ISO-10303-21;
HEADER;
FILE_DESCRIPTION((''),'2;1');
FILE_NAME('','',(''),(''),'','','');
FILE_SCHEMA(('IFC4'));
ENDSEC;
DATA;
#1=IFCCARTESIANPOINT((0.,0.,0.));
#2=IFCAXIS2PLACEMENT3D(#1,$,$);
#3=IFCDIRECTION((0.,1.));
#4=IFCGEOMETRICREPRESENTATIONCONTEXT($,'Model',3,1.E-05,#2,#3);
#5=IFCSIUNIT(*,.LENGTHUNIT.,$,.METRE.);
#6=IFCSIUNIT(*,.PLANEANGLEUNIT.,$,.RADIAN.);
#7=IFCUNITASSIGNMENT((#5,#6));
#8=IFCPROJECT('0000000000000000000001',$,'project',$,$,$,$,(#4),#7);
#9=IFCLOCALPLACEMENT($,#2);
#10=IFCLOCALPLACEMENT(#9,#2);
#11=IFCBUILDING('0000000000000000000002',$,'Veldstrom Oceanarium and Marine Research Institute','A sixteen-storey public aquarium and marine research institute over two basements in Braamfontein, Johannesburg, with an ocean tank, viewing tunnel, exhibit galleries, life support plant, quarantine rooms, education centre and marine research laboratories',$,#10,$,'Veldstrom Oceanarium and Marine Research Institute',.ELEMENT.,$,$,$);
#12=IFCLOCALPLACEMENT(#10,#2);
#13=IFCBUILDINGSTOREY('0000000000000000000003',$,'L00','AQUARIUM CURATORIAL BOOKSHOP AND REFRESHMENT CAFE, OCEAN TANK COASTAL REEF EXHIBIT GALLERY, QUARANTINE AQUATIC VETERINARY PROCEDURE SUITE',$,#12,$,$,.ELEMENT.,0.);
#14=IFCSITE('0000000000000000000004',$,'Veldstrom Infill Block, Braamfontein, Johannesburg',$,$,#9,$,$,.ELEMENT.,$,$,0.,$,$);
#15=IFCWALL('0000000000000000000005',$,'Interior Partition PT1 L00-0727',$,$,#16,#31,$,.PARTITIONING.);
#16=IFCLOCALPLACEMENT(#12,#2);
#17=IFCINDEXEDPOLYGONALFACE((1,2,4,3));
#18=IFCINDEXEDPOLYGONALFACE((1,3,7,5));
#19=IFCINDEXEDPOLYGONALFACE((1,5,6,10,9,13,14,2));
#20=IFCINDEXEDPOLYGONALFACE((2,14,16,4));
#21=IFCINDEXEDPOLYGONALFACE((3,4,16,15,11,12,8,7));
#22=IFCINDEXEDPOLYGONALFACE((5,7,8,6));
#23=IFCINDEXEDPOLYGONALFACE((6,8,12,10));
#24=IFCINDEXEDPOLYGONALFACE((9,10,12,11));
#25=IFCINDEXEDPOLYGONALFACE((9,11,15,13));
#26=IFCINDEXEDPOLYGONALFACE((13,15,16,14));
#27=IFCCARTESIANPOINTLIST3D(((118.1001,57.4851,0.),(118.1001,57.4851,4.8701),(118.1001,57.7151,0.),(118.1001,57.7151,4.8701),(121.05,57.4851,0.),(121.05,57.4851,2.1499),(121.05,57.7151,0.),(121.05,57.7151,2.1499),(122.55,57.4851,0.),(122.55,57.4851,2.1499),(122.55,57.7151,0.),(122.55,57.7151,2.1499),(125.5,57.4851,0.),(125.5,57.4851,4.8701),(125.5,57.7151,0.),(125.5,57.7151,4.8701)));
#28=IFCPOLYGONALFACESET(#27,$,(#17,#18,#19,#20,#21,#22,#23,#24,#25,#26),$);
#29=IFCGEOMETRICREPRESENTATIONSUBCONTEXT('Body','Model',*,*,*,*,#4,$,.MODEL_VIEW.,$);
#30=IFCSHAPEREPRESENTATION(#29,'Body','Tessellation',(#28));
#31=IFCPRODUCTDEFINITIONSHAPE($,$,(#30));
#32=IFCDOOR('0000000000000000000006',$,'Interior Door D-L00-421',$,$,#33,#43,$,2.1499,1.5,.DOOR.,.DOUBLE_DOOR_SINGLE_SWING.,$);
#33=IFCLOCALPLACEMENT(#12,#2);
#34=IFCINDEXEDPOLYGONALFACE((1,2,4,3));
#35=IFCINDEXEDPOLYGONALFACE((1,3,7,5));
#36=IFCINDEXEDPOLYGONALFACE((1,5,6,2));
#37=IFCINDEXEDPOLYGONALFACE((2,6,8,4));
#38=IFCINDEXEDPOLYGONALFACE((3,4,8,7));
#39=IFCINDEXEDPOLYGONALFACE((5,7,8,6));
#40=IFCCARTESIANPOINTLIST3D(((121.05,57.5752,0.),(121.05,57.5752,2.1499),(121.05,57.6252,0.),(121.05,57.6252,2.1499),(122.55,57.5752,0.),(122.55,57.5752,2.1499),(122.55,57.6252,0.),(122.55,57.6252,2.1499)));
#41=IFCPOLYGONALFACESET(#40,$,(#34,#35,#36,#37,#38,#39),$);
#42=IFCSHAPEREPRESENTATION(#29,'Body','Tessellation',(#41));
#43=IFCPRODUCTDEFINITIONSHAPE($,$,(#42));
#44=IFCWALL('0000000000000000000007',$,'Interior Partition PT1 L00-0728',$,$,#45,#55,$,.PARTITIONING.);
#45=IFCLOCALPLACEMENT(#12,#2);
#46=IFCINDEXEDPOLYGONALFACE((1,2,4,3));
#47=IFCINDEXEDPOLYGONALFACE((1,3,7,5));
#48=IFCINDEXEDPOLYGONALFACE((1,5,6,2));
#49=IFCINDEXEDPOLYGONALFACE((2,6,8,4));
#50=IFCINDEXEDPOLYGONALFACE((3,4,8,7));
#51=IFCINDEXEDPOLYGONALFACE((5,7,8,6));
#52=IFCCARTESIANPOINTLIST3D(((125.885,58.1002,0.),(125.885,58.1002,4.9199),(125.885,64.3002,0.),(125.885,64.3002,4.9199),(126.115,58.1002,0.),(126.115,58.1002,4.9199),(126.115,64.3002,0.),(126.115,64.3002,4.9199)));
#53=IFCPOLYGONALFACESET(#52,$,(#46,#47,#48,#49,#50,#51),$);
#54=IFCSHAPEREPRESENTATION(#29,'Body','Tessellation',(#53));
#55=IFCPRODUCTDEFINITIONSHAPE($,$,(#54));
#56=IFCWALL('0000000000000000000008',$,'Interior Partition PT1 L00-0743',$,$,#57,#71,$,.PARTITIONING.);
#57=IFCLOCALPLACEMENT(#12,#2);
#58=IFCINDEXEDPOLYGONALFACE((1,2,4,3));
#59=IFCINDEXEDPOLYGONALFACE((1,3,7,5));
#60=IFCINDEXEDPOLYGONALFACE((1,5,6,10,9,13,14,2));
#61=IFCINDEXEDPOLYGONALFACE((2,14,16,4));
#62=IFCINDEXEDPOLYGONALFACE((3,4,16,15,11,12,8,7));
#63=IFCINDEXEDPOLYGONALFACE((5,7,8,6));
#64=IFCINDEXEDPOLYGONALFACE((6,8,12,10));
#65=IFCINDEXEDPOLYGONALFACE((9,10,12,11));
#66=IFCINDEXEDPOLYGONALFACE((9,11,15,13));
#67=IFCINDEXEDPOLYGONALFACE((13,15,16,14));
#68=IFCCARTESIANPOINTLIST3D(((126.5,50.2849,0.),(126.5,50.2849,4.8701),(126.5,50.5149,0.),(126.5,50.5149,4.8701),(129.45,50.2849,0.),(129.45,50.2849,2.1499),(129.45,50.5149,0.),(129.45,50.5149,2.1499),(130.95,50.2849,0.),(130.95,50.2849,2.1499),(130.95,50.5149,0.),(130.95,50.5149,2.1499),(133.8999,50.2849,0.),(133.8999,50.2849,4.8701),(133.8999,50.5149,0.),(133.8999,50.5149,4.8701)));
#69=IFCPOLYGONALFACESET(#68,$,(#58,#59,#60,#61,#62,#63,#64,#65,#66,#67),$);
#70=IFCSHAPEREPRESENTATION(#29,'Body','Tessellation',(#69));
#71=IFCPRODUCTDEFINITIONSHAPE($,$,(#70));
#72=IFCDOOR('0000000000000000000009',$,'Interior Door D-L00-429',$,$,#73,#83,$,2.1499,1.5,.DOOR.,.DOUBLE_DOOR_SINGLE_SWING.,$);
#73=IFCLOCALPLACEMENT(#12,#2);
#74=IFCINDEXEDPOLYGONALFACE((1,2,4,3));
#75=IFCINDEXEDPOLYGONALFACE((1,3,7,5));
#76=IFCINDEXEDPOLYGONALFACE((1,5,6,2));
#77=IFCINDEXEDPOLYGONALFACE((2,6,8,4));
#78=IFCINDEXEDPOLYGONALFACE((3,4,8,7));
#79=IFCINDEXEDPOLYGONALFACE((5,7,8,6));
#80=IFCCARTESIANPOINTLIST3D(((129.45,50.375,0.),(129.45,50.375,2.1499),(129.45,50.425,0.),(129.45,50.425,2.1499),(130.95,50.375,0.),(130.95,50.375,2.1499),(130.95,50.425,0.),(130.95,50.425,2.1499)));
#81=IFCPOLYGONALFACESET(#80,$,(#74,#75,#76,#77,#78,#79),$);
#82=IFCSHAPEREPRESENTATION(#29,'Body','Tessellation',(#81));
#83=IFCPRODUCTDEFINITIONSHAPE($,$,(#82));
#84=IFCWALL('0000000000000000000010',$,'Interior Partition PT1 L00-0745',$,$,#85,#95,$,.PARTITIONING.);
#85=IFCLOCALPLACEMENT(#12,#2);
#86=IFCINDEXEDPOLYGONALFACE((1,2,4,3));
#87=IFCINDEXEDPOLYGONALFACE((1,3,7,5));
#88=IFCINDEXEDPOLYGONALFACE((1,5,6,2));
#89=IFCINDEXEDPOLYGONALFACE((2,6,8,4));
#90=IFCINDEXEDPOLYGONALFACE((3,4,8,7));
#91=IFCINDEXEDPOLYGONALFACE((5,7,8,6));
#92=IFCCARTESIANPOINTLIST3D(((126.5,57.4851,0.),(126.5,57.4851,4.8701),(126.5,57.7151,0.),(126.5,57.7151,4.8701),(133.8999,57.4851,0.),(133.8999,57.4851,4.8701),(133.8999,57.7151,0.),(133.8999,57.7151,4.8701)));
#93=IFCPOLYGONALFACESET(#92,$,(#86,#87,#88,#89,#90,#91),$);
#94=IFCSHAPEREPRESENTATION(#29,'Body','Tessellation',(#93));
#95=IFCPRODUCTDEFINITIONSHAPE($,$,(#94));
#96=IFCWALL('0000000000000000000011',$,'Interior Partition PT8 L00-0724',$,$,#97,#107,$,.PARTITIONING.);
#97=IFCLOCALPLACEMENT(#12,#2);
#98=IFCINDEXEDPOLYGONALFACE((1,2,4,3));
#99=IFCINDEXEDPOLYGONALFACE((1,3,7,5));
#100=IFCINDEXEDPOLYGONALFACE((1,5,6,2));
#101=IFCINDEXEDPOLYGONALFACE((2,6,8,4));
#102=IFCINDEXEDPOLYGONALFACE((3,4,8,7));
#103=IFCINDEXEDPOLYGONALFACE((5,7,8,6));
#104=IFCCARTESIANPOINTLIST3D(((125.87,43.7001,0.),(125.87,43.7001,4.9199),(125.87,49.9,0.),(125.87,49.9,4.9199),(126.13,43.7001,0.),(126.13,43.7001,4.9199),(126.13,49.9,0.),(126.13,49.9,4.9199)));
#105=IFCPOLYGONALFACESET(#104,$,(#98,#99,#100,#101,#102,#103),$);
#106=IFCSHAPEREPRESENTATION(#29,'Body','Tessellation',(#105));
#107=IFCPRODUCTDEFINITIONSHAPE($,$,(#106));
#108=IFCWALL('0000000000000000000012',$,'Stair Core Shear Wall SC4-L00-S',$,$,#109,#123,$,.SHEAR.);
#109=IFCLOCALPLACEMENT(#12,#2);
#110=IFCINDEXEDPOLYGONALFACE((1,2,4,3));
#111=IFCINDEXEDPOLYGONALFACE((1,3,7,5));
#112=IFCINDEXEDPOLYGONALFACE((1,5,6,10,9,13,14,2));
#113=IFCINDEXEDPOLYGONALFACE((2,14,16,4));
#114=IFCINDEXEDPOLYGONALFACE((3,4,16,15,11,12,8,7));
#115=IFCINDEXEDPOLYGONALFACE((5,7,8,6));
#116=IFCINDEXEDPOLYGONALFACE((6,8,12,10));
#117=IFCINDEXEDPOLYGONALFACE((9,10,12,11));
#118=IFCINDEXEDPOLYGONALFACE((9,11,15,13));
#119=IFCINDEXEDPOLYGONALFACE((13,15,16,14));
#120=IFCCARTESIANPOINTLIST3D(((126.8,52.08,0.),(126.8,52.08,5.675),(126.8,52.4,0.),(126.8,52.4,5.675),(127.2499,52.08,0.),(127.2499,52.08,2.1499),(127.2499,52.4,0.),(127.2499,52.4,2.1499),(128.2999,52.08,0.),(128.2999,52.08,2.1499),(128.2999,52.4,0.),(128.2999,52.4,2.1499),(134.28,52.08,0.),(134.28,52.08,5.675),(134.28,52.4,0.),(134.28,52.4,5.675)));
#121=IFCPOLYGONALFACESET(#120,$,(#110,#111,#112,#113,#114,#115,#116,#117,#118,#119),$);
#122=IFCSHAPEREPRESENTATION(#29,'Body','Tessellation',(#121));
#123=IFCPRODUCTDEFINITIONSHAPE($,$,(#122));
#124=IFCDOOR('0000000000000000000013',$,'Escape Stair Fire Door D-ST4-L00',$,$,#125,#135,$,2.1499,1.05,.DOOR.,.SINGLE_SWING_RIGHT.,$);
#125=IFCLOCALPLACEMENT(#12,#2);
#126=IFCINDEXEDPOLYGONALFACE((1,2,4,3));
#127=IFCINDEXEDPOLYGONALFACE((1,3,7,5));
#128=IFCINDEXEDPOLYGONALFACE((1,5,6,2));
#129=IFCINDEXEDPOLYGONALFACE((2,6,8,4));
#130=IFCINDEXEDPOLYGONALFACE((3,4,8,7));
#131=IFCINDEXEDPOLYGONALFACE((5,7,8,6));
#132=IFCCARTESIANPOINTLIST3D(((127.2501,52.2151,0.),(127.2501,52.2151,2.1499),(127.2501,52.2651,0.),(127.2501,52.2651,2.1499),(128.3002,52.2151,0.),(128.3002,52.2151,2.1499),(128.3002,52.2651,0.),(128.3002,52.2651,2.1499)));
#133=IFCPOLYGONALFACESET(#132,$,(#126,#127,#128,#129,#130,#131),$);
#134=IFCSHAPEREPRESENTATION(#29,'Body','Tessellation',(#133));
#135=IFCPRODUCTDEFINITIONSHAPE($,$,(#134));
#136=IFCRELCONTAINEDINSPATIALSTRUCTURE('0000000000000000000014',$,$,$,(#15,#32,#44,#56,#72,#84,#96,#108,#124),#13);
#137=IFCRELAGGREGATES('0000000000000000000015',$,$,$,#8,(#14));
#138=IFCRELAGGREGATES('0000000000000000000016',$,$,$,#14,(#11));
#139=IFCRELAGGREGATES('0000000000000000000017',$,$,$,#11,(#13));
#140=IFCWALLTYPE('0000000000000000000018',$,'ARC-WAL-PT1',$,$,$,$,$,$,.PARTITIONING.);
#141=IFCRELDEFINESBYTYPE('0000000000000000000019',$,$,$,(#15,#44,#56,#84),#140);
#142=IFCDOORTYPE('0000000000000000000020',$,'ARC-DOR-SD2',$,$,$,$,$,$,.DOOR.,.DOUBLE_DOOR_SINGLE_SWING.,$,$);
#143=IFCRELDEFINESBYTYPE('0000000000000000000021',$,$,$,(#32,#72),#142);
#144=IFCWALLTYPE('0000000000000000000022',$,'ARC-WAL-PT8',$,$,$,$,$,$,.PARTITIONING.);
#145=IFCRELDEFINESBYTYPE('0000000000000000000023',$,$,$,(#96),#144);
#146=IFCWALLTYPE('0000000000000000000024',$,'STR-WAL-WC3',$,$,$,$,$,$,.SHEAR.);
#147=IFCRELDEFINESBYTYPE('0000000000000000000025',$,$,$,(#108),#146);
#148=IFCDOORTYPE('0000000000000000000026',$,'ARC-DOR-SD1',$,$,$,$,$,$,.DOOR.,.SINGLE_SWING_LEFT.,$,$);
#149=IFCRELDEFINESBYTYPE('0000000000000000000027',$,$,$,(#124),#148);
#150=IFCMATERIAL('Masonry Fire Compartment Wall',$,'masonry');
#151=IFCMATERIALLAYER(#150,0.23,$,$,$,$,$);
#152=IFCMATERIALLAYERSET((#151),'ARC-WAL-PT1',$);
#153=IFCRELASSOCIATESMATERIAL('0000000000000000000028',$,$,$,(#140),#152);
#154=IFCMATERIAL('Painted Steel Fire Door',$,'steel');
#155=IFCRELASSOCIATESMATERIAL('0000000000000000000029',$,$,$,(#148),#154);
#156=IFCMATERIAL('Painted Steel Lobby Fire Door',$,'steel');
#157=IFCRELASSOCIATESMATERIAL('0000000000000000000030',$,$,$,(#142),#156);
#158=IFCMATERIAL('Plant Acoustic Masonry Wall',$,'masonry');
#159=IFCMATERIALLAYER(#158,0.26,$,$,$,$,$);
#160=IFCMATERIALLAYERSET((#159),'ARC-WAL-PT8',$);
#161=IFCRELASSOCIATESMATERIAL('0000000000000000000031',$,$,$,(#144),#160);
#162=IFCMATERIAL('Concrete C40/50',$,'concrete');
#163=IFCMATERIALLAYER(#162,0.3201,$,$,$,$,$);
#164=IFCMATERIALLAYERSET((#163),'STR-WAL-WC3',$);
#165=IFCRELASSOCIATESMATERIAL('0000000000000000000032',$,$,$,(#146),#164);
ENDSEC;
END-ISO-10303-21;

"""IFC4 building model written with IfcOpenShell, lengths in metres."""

from ifc_helpers import new_model, si_unit, direction, frame, frame_2d, origin, place, context, subcontext, project, spatial, rectangle, extrude, material, layer, layer_set, type_object, element, fill, save


model = new_model("IFC4")

# Units and contexts
model_context = context("Model", 3, precision=1e-05, world=origin(), true_north=direction((0.0, 1.0)))
body_context = subcontext(model_context, "Body", "Model", "MODEL_VIEW")
ifc_project = project(units=[si_unit("LENGTHUNIT", "METRE"), si_unit("PLANEANGLEUNIT", "RADIAN")], contexts=[model_context])

# Site, building, storey
site_placement = place(None, origin())
site = spatial("IfcSite", under=ifc_project, at=site_placement, Name="Veldstrom Infill Block, Braamfontein, Johannesburg", CompositionType="ELEMENT", RefElevation=0.0)
building_placement = place(site_placement, origin())
building = spatial("IfcBuilding", under=site, at=building_placement, Name="Veldstrom Oceanarium and Marine Research Institute", Description="A sixteen-storey public aquarium and marine research institute over two basements in Braamfontein, Johannesburg, with an ocean tank, viewing tunnel, exhibit galleries, life support plant, quarantine rooms, education centre and marine research laboratories", LongName="Veldstrom Oceanarium and Marine Research Institute", CompositionType="ELEMENT")
storey_placement = place(building_placement, origin())
storey = spatial("IfcBuildingStorey", under=building, at=storey_placement, Name="L00", Description="AQUARIUM CURATORIAL BOOKSHOP AND REFRESHMENT CAFE, OCEAN TANK COASTAL REEF EXHIBIT GALLERY, QUARANTINE AQUATIC VETERINARY PROCEDURE SUITE", CompositionType="ELEMENT", Elevation=0.0)

# Wall, opening, door
ifc_material_1 = material(Name="Masonry Fire Compartment Wall", Category="masonry")
ifc_layer_1 = layer(ifc_material_1, 0.23)
ifc_layer_set_1 = layer_set([ifc_layer_1], Name="ARC-WAL-PT1")
wall_type_1 = type_object("IfcWallType", Name="ARC-WAL-PT1", PredefinedType="PARTITIONING", material=ifc_layer_set_1)
ifc_material_2 = material(Name="Painted Steel Fire Door", Category="steel")
door_type_1 = type_object("IfcDoorType", Name="ARC-DOR-SD1", OperationType="SINGLE_SWING_LEFT", PredefinedType="DOOR", material=ifc_material_2)
wall_1_placement = place(storey_placement, frame((118.1001, 57.6001, 0.0), z_axis=(0.0, 0.0, 1.0), x_axis=(1.0, 0.0, 0.0)))
wall_1 = element("IfcWall", 1, at=wall_1_placement, inside=storey, type_object=wall_type_1, Name="Interior Partition PT1 L00-0727", PredefinedType="PARTITIONING", context=body_context, shape_type="SweptSolid", body=[
    extrude(rectangle(XDim=7.3999, YDim=0.23, at=frame_2d((3.7, 0.0))), origin(), (0.0, 0.0, 1.0), 4.8701),
])
opening_1_placement = place(wall_1_placement, frame((2.95, 0.0, 0.0)))
opening_1 = element("IfcOpeningElement", 2, at=opening_1_placement, cuts=wall_1, PredefinedType="OPENING", context=body_context, shape_type="SweptSolid", body=[
    extrude(rectangle(XDim=1.5, YDim=2.1499, at=frame_2d((0.75, 1.075))), frame((0.0, 0.125, 0.0), z_axis=(0.0, -1.0, 0.0), x_axis=(1.0, 0.0, 0.0)), (0.0, 0.0, 1.0), 0.25),
])
ifc_material_3 = material(Name="Painted Steel Lobby Fire Door", Category="steel")
door_type_2 = type_object("IfcDoorType", Name="ARC-DOR-SD2", OperationType="DOUBLE_DOOR_SINGLE_SWING", PredefinedType="DOOR", material=ifc_material_3)
door_1_placement = place(opening_1_placement, frame((1.5, 0.0, 0.0), z_axis=(0.0, 0.0, 1.0), x_axis=(-1.0, 0.0, 0.0)))
door_1 = element("IfcDoor", 3, at=door_1_placement, inside=storey, type_object=door_type_2, Name="Interior Door D-L00-421", OperationType="DOUBLE_DOOR_SINGLE_SWING", OverallHeight=2.1499, OverallWidth=1.5, PredefinedType="DOOR", context=body_context, shape_type="SweptSolid", body=[
    extrude(rectangle(XDim=1.5, YDim=2.1499, at=frame_2d((0.75, 1.075))), frame((0.0, 0.0249, 0.0), z_axis=(0.0, -1.0, 0.0), x_axis=(1.0, 0.0, 0.0)), (0.0, 0.0, 1.0), 0.05),
])
fill(opening_1, door_1)

# Wall
wall_2_placement = place(storey_placement, frame((126.0, 58.1001, 0.0), z_axis=(0.0, 0.0, 1.0), x_axis=(0.0, 1.0, 0.0)))
element("IfcWall", 4, at=wall_2_placement, inside=storey, type_object=wall_type_1, Name="Interior Partition PT1 L00-0728", PredefinedType="PARTITIONING", context=body_context, shape_type="SweptSolid", body=[
    extrude(rectangle(XDim=6.2, YDim=0.23, at=frame_2d((3.1001, 0.0))), origin(), (0.0, 0.0, 1.0), 4.9199),
])

# Wall, opening, door
wall_3_placement = place(storey_placement, frame((126.5, 50.3999, 0.0), z_axis=(0.0, 0.0, 1.0), x_axis=(1.0, 0.0, 0.0)))
wall_3 = element("IfcWall", 5, at=wall_3_placement, inside=storey, type_object=wall_type_1, Name="Interior Partition PT1 L00-0743", PredefinedType="PARTITIONING", context=body_context, shape_type="SweptSolid", body=[
    extrude(rectangle(XDim=7.3999, YDim=0.23, at=frame_2d((3.7, 0.0))), origin(), (0.0, 0.0, 1.0), 4.8701),
])
opening_2_placement = place(wall_3_placement, frame((2.95, 0.0, 0.0)))
opening_2 = element("IfcOpeningElement", 6, at=opening_2_placement, cuts=wall_3, PredefinedType="OPENING", context=body_context, shape_type="SweptSolid", body=[
    extrude(rectangle(XDim=1.5, YDim=2.1499, at=frame_2d((0.75, 1.075))), frame((0.0, 0.125, 0.0), z_axis=(0.0, -1.0, 0.0), x_axis=(1.0, 0.0, 0.0)), (0.0, 0.0, 1.0), 0.25),
])
door_2_placement = place(opening_2_placement, frame((1.5, 0.0, 0.0), z_axis=(0.0, 0.0, 1.0), x_axis=(-1.0, 0.0, 0.0)))
door_2 = element("IfcDoor", 7, at=door_2_placement, inside=storey, type_object=door_type_2, Name="Interior Door D-L00-429", OperationType="DOUBLE_DOOR_SINGLE_SWING", OverallHeight=2.1499, OverallWidth=1.5, PredefinedType="DOOR", context=body_context, shape_type="SweptSolid", body=[
    extrude(rectangle(XDim=1.5, YDim=2.1499, at=frame_2d((0.75, 1.075))), frame((0.0, 0.0249, 0.0), z_axis=(0.0, -1.0, 0.0), x_axis=(1.0, 0.0, 0.0)), (0.0, 0.0, 1.0), 0.05),
])
fill(opening_2, door_2)

# Walls
wall_4_placement = place(storey_placement, frame((126.5, 57.6001, 0.0), z_axis=(0.0, 0.0, 1.0), x_axis=(1.0, 0.0, 0.0)))
element("IfcWall", 8, at=wall_4_placement, inside=storey, type_object=wall_type_1, Name="Interior Partition PT1 L00-0745", PredefinedType="PARTITIONING", context=body_context, shape_type="SweptSolid", body=[
    extrude(rectangle(XDim=7.3999, YDim=0.23, at=frame_2d((3.7, 0.0))), origin(), (0.0, 0.0, 1.0), 4.8701),
])
ifc_material_4 = material(Name="Plant Acoustic Masonry Wall", Category="masonry")
ifc_layer_2 = layer(ifc_material_4, 0.26)
ifc_layer_set_2 = layer_set([ifc_layer_2], Name="ARC-WAL-PT8")
wall_type_2 = type_object("IfcWallType", Name="ARC-WAL-PT8", PredefinedType="PARTITIONING", material=ifc_layer_set_2)
wall_5_placement = place(storey_placement, frame((126.0, 43.7, 0.0), z_axis=(0.0, 0.0, 1.0), x_axis=(0.0, 1.0, 0.0)))
element("IfcWall", 9, at=wall_5_placement, inside=storey, type_object=wall_type_2, Name="Interior Partition PT8 L00-0724", PredefinedType="PARTITIONING", context=body_context, shape_type="SweptSolid", body=[
    extrude(rectangle(XDim=6.2, YDim=0.26, at=frame_2d((3.1001, 0.0))), origin(), (0.0, 0.0, 1.0), 4.9199),
])

# Wall, opening, door
ifc_material_5 = material(Name="Concrete C40/50", Category="concrete")
ifc_layer_3 = layer(ifc_material_5, 0.3201)
ifc_layer_set_3 = layer_set([ifc_layer_3], Name="STR-WAL-WC3")
wall_type_3 = type_object("IfcWallType", Name="STR-WAL-WC3", PredefinedType="SHEAR", material=ifc_layer_set_3)
wall_6_placement = place(storey_placement, frame((126.8, 52.24, 0.0), z_axis=(0.0, 0.0, 1.0), x_axis=(1.0, 0.0, 0.0)))
wall_6 = element("IfcWall", 10, at=wall_6_placement, inside=storey, type_object=wall_type_3, Name="Stair Core Shear Wall SC4-L00-S", PredefinedType="SHEAR", context=body_context, shape_type="SweptSolid", body=[
    extrude(rectangle(XDim=7.48, YDim=0.3201, at=frame_2d((3.74, 0.0))), origin(), (0.0, 0.0, 1.0), 5.675),
])
opening_3_placement = place(wall_6_placement, frame((0.45, 0.0, 0.0)))
opening_3 = element("IfcOpeningElement", 11, at=opening_3_placement, cuts=wall_6, PredefinedType="OPENING", context=body_context, shape_type="SweptSolid", body=[
    extrude(rectangle(XDim=1.05, YDim=2.1499, at=frame_2d((0.5249, 1.075))), frame((0.0, 0.1699, 0.0), z_axis=(0.0, -1.0, 0.0), x_axis=(1.0, 0.0, 0.0)), (0.0, 0.0, 1.0), 0.3401),
])
door_3_placement = place(opening_3_placement, frame((1.05, 0.0, 0.0), z_axis=(0.0, 0.0, 1.0), x_axis=(-1.0, 0.0, 0.0)))
door_3 = element("IfcDoor", 12, at=door_3_placement, inside=storey, type_object=door_type_1, Name="Escape Stair Fire Door D-ST4-L00", OperationType="SINGLE_SWING_RIGHT", OverallHeight=2.1499, OverallWidth=1.05, PredefinedType="DOOR", context=body_context, shape_type="SweptSolid", body=[
    extrude(rectangle(XDim=1.05, YDim=2.1499, at=frame_2d((0.5249, 1.075))), frame((0.0, 0.0249, 0.0), z_axis=(0.0, -1.0, 0.0), x_axis=(1.0, 0.0, 0.0)), (0.0, 0.0, 1.0), 0.05),
])
fill(opening_3, door_3)

save(model, "model.ifc")
